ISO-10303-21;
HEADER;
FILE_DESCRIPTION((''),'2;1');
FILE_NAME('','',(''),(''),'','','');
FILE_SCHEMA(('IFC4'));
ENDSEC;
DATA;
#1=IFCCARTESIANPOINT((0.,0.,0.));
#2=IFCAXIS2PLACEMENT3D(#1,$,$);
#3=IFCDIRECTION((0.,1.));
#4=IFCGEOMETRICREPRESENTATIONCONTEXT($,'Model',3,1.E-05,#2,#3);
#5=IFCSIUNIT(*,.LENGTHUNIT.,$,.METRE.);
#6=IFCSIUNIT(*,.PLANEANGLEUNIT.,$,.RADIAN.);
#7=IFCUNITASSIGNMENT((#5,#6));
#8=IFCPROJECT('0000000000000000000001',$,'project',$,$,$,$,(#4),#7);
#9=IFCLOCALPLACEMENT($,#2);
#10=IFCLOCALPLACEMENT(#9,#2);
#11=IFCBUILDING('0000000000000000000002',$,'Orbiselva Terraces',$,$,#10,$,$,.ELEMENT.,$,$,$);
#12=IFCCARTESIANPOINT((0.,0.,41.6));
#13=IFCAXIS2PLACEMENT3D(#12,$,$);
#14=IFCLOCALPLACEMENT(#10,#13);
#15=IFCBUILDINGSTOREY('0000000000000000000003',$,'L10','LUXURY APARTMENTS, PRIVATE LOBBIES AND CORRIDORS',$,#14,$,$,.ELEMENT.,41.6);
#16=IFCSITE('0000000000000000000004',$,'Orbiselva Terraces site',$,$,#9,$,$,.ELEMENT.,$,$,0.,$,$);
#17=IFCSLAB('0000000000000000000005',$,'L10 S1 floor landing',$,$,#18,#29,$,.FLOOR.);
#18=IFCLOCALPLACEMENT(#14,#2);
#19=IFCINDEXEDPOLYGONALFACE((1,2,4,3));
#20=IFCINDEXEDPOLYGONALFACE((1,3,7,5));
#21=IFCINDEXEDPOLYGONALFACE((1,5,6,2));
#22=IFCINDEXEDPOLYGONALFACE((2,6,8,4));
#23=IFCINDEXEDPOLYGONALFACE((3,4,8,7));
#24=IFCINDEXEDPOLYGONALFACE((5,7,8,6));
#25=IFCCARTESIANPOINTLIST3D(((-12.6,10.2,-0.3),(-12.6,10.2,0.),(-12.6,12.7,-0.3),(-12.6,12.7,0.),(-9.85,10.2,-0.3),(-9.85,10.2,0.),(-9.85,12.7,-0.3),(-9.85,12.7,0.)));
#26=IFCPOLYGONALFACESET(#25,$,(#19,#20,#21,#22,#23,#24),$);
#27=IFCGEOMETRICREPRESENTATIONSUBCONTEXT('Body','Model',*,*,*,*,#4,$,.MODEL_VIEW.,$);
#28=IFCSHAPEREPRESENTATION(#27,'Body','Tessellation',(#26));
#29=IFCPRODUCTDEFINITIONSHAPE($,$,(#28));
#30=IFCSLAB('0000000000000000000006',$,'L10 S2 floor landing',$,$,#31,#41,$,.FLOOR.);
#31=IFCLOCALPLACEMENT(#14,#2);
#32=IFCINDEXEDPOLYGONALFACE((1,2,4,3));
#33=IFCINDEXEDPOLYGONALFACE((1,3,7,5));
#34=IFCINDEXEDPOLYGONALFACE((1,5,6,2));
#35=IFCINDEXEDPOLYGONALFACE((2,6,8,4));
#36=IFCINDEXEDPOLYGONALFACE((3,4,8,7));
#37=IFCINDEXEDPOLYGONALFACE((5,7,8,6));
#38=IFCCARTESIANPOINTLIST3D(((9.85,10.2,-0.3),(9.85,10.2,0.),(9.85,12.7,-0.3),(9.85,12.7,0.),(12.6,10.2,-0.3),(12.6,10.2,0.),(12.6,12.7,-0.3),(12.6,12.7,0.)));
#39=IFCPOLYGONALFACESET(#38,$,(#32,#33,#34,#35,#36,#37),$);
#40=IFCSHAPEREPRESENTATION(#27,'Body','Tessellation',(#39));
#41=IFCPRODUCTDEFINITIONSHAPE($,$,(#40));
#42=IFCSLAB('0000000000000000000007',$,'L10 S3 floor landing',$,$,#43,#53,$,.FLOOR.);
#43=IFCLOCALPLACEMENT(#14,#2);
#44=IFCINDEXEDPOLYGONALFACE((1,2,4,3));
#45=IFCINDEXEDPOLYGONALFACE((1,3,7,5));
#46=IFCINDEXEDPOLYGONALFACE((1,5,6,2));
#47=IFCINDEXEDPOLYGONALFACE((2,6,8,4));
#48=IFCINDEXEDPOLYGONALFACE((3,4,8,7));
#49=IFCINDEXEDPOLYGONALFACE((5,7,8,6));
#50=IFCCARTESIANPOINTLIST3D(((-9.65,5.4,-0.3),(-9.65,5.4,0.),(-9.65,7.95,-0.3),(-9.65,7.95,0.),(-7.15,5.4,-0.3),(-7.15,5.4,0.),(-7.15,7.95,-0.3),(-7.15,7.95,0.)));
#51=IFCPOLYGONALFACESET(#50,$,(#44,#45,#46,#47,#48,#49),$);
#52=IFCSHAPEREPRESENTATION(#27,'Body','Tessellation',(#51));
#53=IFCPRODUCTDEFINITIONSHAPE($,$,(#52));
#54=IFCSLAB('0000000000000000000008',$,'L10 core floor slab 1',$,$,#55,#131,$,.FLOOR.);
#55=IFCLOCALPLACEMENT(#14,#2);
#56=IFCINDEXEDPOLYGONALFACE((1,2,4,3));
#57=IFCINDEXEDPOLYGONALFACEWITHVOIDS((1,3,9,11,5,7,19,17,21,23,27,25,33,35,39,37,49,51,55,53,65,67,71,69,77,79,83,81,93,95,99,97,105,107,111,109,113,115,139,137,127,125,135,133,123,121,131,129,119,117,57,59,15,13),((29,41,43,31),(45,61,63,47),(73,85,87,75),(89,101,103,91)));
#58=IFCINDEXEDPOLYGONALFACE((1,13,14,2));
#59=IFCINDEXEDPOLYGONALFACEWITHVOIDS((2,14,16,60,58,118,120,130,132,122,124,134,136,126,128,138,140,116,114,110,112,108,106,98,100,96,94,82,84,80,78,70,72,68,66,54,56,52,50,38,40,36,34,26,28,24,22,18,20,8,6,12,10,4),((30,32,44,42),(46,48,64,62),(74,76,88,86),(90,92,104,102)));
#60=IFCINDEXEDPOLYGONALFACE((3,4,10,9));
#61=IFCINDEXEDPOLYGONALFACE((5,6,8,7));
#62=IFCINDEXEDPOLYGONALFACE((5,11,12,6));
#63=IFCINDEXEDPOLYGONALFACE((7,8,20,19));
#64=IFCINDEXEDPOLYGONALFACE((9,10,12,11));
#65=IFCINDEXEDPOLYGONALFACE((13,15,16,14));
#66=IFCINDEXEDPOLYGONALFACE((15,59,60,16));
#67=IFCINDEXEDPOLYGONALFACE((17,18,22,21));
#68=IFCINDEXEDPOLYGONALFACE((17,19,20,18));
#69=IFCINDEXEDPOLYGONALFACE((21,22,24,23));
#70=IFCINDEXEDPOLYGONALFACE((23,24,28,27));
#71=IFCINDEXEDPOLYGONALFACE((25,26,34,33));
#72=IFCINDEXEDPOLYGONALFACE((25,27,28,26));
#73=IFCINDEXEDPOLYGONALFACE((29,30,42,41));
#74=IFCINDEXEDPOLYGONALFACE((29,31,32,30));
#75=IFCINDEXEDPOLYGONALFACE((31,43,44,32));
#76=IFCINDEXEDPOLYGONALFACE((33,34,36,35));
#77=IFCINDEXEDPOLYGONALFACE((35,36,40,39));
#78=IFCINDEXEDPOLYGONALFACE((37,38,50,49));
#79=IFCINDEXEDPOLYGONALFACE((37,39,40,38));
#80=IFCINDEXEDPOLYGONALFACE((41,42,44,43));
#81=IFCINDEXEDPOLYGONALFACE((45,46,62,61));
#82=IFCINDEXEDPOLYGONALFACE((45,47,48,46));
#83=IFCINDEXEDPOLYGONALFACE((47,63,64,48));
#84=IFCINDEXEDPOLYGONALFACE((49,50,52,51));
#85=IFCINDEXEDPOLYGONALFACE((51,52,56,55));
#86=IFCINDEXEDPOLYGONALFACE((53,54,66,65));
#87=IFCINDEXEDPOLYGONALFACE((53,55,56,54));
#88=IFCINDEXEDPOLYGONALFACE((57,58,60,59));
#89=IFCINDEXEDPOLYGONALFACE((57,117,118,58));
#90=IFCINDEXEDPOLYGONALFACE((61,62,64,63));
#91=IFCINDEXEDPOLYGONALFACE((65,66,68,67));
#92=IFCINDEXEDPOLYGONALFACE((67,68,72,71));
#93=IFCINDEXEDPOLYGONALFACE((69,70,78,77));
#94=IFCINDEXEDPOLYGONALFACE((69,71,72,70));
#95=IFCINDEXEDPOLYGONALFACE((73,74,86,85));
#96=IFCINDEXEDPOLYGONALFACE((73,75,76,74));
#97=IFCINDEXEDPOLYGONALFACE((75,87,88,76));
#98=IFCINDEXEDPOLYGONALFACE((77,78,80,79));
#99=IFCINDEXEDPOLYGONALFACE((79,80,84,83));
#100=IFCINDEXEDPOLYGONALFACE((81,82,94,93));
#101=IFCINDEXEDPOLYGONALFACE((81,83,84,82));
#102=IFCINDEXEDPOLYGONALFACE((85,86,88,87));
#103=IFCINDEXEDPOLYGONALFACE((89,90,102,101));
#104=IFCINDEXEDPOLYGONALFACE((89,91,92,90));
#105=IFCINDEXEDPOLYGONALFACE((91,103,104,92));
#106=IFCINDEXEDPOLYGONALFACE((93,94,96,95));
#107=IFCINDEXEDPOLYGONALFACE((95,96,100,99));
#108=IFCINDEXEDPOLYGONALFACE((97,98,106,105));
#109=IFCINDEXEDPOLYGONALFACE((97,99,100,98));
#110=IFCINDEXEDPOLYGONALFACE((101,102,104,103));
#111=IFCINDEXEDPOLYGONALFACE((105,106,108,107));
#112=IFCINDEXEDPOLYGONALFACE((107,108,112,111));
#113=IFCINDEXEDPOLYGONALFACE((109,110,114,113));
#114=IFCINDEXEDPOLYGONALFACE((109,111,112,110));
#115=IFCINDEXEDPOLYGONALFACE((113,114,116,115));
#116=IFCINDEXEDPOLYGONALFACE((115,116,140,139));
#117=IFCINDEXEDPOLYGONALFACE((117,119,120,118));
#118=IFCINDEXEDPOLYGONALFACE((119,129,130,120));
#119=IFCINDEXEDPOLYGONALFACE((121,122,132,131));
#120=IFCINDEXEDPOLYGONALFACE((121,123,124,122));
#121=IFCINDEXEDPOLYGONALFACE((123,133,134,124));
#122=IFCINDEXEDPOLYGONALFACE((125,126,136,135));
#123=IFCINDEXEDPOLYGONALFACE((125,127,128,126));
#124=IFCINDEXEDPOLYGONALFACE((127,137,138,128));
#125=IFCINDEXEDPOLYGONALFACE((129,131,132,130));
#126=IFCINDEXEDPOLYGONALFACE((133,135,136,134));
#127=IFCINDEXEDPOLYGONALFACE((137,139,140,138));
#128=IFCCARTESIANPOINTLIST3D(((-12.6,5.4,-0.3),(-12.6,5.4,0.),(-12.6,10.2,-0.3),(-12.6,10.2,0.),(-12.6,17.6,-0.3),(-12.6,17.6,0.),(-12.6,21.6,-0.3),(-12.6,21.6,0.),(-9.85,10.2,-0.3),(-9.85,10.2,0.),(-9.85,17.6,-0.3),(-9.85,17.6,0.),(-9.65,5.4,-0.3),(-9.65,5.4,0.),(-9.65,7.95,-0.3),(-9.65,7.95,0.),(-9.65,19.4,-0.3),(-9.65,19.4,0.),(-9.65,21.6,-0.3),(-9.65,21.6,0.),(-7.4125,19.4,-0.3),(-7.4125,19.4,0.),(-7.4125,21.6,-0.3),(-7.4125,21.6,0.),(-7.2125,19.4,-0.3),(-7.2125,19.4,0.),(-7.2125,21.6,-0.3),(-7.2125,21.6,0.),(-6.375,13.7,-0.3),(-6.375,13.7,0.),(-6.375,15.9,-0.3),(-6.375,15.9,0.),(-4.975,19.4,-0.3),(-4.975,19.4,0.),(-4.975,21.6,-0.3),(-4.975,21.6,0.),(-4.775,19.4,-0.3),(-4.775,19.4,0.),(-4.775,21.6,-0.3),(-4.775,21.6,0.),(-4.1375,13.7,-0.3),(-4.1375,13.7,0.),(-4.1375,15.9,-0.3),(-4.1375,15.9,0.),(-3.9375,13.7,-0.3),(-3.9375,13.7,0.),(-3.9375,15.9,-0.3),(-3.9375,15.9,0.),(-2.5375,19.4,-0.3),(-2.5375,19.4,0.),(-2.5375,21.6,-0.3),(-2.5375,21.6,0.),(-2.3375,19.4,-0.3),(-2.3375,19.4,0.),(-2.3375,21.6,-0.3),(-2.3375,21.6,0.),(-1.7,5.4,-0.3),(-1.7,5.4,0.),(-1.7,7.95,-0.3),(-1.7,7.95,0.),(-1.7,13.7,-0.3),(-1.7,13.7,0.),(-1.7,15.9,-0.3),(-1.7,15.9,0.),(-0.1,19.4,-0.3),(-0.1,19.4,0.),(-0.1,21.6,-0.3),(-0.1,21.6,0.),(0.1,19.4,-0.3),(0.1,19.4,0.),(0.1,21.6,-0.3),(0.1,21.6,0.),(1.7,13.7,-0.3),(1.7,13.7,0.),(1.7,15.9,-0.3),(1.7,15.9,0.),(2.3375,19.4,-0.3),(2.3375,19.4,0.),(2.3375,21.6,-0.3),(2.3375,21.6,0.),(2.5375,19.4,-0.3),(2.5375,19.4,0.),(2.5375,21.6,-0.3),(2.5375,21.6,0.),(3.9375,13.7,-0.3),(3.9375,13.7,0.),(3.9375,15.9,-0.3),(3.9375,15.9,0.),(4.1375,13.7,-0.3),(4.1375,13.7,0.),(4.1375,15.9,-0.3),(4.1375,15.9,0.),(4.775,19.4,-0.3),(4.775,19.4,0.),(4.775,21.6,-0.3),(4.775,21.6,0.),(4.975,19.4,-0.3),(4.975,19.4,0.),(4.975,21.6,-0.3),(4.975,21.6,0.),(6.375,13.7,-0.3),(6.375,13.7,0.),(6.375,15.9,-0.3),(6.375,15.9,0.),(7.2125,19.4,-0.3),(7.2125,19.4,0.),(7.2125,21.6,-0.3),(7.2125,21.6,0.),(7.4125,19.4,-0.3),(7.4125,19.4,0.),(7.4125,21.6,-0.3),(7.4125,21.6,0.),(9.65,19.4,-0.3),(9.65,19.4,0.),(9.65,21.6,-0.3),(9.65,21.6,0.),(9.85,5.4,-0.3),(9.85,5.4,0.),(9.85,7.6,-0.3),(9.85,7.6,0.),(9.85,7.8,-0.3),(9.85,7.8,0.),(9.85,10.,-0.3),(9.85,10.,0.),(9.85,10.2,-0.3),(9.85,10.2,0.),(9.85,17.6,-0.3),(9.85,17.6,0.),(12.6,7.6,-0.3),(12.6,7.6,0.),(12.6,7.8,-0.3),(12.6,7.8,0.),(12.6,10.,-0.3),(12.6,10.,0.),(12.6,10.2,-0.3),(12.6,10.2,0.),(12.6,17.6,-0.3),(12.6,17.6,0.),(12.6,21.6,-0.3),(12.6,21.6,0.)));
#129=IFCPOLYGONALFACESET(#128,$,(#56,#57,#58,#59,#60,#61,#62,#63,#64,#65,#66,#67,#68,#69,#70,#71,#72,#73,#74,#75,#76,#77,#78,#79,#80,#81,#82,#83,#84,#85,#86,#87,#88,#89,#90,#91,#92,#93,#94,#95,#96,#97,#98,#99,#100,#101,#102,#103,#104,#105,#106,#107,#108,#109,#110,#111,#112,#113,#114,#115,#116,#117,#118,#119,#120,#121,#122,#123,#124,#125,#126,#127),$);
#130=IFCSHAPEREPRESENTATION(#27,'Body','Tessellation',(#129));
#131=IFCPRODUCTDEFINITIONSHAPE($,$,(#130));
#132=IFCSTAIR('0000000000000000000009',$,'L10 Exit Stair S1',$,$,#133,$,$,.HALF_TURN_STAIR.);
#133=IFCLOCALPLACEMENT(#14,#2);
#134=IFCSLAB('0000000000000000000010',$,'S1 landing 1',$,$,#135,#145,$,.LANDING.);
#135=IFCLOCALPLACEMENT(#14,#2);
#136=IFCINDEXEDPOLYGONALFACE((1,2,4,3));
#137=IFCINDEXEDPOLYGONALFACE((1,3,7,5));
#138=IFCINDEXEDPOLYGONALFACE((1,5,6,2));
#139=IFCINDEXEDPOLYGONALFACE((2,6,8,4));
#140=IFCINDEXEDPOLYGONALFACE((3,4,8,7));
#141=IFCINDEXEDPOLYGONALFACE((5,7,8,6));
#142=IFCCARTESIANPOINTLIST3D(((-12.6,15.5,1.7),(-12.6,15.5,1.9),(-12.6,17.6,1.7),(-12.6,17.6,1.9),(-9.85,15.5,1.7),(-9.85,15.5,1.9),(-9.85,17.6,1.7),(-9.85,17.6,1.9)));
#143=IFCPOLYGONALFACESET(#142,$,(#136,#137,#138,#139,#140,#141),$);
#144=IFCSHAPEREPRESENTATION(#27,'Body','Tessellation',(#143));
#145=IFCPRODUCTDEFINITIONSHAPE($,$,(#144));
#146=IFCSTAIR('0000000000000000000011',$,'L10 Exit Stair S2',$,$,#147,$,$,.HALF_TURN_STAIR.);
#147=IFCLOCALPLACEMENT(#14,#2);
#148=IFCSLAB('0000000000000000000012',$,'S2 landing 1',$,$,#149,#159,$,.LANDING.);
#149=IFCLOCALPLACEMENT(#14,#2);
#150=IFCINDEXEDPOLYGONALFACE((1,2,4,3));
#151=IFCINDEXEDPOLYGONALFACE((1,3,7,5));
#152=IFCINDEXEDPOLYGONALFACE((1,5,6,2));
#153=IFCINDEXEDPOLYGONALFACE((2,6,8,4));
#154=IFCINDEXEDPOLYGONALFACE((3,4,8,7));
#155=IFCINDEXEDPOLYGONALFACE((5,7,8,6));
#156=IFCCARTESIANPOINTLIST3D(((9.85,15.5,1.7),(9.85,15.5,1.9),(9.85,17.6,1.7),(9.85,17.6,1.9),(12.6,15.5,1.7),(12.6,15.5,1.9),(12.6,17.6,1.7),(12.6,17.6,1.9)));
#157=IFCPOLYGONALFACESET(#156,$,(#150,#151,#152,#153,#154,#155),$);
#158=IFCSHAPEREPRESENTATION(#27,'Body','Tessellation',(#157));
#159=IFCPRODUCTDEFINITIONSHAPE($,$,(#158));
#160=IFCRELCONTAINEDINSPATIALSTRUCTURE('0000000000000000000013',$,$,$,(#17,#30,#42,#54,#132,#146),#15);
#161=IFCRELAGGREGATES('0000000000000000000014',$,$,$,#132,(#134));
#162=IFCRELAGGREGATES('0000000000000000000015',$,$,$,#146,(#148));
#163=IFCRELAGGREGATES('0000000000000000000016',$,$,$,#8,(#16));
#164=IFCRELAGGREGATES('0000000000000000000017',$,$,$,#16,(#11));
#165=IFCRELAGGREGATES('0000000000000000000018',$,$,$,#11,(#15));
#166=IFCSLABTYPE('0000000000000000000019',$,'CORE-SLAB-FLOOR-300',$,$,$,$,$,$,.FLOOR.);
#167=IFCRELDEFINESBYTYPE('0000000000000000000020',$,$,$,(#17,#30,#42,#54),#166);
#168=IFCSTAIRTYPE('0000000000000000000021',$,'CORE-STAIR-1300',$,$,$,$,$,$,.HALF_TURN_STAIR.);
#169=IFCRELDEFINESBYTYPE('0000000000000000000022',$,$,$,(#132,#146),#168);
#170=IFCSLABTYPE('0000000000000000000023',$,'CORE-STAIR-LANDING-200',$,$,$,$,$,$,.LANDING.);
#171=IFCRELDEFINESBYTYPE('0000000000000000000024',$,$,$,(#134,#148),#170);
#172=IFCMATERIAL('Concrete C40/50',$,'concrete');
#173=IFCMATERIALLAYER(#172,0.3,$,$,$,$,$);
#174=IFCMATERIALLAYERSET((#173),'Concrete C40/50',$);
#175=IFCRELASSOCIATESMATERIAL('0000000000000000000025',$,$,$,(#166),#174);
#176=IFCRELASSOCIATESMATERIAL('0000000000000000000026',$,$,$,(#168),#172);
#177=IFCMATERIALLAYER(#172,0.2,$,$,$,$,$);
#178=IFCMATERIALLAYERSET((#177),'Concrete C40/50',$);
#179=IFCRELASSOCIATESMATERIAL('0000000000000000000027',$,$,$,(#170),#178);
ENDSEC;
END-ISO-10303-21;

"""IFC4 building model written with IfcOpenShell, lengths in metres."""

from ifc_helpers import new_model, si_unit, direction, frame, origin, place, context, subcontext, project, spatial, polyline, outline, extrude, material, layer, layer_set, type_object, element, aggregate, save


model = new_model("IFC4")

# Units and contexts
model_context = context("Model", 3, precision=1e-05, world=origin(), true_north=direction((0.0, 1.0)))
body_context = subcontext(model_context, "Body", "Model", "MODEL_VIEW")
ifc_project = project(units=[si_unit("LENGTHUNIT", "METRE"), si_unit("PLANEANGLEUNIT", "RADIAN")], contexts=[model_context])

# Site, building, storey
site_placement = place(None, origin())
site = spatial("IfcSite", under=ifc_project, at=site_placement, Name="Orbiselva Terraces site", CompositionType="ELEMENT", RefElevation=0.0)
building_placement = place(site_placement, origin())
building = spatial("IfcBuilding", under=site, at=building_placement, Name="Orbiselva Terraces", CompositionType="ELEMENT")
storey_placement = place(building_placement, frame((0.0, 0.0, 41.6)))
storey = spatial("IfcBuildingStorey", under=building, at=storey_placement, Name="L10", Description="LUXURY APARTMENTS, PRIVATE LOBBIES AND CORRIDORS", CompositionType="ELEMENT", Elevation=41.6)

# Slabs
ifc_material_1 = material(Name="Concrete C40/50", Category="concrete")
ifc_layer_1 = layer(ifc_material_1, 0.3)
ifc_layer_set_1 = layer_set([ifc_layer_1], Name="Concrete C40/50")
slab_type_1 = type_object("IfcSlabType", Name="CORE-SLAB-FLOOR-300", PredefinedType="FLOOR", material=ifc_layer_set_1)
slab_1_placement = place(storey_placement, frame((0.0, 0.0, -0.3)))
element("IfcSlab", 1, at=slab_1_placement, inside=storey, type_object=slab_type_1, Name="L10 S1 floor landing", PredefinedType="FLOOR", context=body_context, shape_type="SweptSolid", body=[
    extrude(outline(polyline([(-12.6, 12.7), (-9.85, 12.7), (-9.85, 10.2), (-12.6, 10.2), (-12.6, 12.7)])), origin(), (0.0, 0.0, 1.0), 0.3),
])
slab_2_placement = place(storey_placement, frame((0.0, 0.0, -0.3)))
element("IfcSlab", 2, at=slab_2_placement, inside=storey, type_object=slab_type_1, Name="L10 S2 floor landing", PredefinedType="FLOOR", context=body_context, shape_type="SweptSolid", body=[
    extrude(outline(polyline([(12.6, 12.7), (12.6, 10.2), (9.85, 10.2), (9.85, 12.7), (12.6, 12.7)])), origin(), (0.0, 0.0, 1.0), 0.3),
])
slab_3_placement = place(storey_placement, frame((0.0, 0.0, -0.3)))
element("IfcSlab", 3, at=slab_3_placement, inside=storey, type_object=slab_type_1, Name="L10 S3 floor landing", PredefinedType="FLOOR", context=body_context, shape_type="SweptSolid", body=[
    extrude(outline(polyline([(-7.15, 5.4), (-9.65, 5.4), (-9.65, 7.95), (-7.15, 7.95), (-7.15, 5.4)])), origin(), (0.0, 0.0, 1.0), 0.3),
])
slab_4_placement = place(storey_placement, frame((0.0, 0.0, -0.3)))
element("IfcSlab", 4, at=slab_4_placement, inside=storey, type_object=slab_type_1, Name="L10 core floor slab 1", PredefinedType="FLOOR", context=body_context, shape_type="SweptSolid", body=[
    extrude(outline(polyline([(-1.7, 5.4), (-1.7, 7.95), (-9.65, 7.95), (-9.65, 5.4), (-12.6, 5.4), (-12.6, 10.2), (-9.85, 10.2), (-9.85, 17.6), (-12.6, 17.6), (-12.6, 21.6), (-9.65, 21.6), (-9.65, 19.4), (-7.4125, 19.4), (-7.4125, 21.6), (-7.2125, 21.6), (-7.2125, 19.4), (-4.975, 19.4), (-4.975, 21.6), (-4.775, 21.6), (-4.775, 19.4), (-2.5375, 19.4), (-2.5375, 21.6), (-2.3375, 21.6), (-2.3375, 19.4), (-0.1, 19.4), (-0.1, 21.6), (0.1, 21.6), (0.1, 19.4), (2.3375, 19.4), (2.3375, 21.6), (2.5375, 21.6), (2.5375, 19.4), (4.775, 19.4), (4.775, 21.6), (4.975, 21.6), (4.975, 19.4), (7.2125, 19.4), (7.2125, 21.6), (7.4125, 21.6), (7.4125, 19.4), (9.65, 19.4), (9.65, 21.6), (12.6, 21.6), (12.6, 17.6), (9.85, 17.6), (9.85, 10.2), (12.6, 10.2), (12.6, 10.0), (9.85, 10.0), (9.85, 7.8), (12.6, 7.8), (12.6, 7.6), (9.85, 7.6), (9.85, 5.4), (-1.7, 5.4)]), holes=[polyline([(-4.1375, 13.7), (-4.1375, 15.9), (-6.375, 15.9), (-6.375, 13.7), (-4.1375, 13.7)]), polyline([(-1.7, 13.7), (-1.7, 15.9), (-3.9375, 15.9), (-3.9375, 13.7), (-1.7, 13.7)]), polyline([(3.9375, 13.7), (3.9375, 15.9), (1.7, 15.9), (1.7, 13.7), (3.9375, 13.7)]), polyline([(6.375, 13.7), (6.375, 15.9), (4.1375, 15.9), (4.1375, 13.7), (6.375, 13.7)])]), origin(), (0.0, 0.0, 1.0), 0.3),
])

# Stairs, slabs
stair_type = type_object("IfcStairType", Name="CORE-STAIR-1300", PredefinedType="HALF_TURN_STAIR", material=ifc_material_1)
stair_1_placement = place(storey_placement, origin())
stair_1 = element("IfcStair", 5, at=stair_1_placement, inside=storey, type_object=stair_type, Name="L10 Exit Stair S1", PredefinedType="HALF_TURN_STAIR")
ifc_layer_2 = layer(ifc_material_1, 0.2)
ifc_layer_set_2 = layer_set([ifc_layer_2], Name="Concrete C40/50")
slab_type_2 = type_object("IfcSlabType", Name="CORE-STAIR-LANDING-200", PredefinedType="LANDING", material=ifc_layer_set_2)
slab_5_placement = place(storey_placement, frame((0.0, 0.0, 1.7)))
slab_5 = element("IfcSlab", 6, at=slab_5_placement, type_object=slab_type_2, Name="S1 landing 1", PredefinedType="LANDING", context=body_context, shape_type="SweptSolid", body=[
    extrude(outline(polyline([(-9.85, 15.5), (-9.85, 17.6), (-12.6, 17.6), (-12.6, 15.5), (-9.85, 15.5)])), origin(), (0.0, 0.0, 1.0), 0.2),
])
aggregate(stair_1, [slab_5])
stair_2_placement = place(storey_placement, origin())
stair_2 = element("IfcStair", 7, at=stair_2_placement, inside=storey, type_object=stair_type, Name="L10 Exit Stair S2", PredefinedType="HALF_TURN_STAIR")
slab_6_placement = place(storey_placement, frame((0.0, 0.0, 1.7)))
slab_6 = element("IfcSlab", 8, at=slab_6_placement, type_object=slab_type_2, Name="S2 landing 1", PredefinedType="LANDING", context=body_context, shape_type="SweptSolid", body=[
    extrude(outline(polyline([(12.6, 15.5), (12.6, 17.6), (9.85, 17.6), (9.85, 15.5), (12.6, 15.5)])), origin(), (0.0, 0.0, 1.0), 0.2),
])
aggregate(stair_2, [slab_6])

save(model, "model.ifc")
